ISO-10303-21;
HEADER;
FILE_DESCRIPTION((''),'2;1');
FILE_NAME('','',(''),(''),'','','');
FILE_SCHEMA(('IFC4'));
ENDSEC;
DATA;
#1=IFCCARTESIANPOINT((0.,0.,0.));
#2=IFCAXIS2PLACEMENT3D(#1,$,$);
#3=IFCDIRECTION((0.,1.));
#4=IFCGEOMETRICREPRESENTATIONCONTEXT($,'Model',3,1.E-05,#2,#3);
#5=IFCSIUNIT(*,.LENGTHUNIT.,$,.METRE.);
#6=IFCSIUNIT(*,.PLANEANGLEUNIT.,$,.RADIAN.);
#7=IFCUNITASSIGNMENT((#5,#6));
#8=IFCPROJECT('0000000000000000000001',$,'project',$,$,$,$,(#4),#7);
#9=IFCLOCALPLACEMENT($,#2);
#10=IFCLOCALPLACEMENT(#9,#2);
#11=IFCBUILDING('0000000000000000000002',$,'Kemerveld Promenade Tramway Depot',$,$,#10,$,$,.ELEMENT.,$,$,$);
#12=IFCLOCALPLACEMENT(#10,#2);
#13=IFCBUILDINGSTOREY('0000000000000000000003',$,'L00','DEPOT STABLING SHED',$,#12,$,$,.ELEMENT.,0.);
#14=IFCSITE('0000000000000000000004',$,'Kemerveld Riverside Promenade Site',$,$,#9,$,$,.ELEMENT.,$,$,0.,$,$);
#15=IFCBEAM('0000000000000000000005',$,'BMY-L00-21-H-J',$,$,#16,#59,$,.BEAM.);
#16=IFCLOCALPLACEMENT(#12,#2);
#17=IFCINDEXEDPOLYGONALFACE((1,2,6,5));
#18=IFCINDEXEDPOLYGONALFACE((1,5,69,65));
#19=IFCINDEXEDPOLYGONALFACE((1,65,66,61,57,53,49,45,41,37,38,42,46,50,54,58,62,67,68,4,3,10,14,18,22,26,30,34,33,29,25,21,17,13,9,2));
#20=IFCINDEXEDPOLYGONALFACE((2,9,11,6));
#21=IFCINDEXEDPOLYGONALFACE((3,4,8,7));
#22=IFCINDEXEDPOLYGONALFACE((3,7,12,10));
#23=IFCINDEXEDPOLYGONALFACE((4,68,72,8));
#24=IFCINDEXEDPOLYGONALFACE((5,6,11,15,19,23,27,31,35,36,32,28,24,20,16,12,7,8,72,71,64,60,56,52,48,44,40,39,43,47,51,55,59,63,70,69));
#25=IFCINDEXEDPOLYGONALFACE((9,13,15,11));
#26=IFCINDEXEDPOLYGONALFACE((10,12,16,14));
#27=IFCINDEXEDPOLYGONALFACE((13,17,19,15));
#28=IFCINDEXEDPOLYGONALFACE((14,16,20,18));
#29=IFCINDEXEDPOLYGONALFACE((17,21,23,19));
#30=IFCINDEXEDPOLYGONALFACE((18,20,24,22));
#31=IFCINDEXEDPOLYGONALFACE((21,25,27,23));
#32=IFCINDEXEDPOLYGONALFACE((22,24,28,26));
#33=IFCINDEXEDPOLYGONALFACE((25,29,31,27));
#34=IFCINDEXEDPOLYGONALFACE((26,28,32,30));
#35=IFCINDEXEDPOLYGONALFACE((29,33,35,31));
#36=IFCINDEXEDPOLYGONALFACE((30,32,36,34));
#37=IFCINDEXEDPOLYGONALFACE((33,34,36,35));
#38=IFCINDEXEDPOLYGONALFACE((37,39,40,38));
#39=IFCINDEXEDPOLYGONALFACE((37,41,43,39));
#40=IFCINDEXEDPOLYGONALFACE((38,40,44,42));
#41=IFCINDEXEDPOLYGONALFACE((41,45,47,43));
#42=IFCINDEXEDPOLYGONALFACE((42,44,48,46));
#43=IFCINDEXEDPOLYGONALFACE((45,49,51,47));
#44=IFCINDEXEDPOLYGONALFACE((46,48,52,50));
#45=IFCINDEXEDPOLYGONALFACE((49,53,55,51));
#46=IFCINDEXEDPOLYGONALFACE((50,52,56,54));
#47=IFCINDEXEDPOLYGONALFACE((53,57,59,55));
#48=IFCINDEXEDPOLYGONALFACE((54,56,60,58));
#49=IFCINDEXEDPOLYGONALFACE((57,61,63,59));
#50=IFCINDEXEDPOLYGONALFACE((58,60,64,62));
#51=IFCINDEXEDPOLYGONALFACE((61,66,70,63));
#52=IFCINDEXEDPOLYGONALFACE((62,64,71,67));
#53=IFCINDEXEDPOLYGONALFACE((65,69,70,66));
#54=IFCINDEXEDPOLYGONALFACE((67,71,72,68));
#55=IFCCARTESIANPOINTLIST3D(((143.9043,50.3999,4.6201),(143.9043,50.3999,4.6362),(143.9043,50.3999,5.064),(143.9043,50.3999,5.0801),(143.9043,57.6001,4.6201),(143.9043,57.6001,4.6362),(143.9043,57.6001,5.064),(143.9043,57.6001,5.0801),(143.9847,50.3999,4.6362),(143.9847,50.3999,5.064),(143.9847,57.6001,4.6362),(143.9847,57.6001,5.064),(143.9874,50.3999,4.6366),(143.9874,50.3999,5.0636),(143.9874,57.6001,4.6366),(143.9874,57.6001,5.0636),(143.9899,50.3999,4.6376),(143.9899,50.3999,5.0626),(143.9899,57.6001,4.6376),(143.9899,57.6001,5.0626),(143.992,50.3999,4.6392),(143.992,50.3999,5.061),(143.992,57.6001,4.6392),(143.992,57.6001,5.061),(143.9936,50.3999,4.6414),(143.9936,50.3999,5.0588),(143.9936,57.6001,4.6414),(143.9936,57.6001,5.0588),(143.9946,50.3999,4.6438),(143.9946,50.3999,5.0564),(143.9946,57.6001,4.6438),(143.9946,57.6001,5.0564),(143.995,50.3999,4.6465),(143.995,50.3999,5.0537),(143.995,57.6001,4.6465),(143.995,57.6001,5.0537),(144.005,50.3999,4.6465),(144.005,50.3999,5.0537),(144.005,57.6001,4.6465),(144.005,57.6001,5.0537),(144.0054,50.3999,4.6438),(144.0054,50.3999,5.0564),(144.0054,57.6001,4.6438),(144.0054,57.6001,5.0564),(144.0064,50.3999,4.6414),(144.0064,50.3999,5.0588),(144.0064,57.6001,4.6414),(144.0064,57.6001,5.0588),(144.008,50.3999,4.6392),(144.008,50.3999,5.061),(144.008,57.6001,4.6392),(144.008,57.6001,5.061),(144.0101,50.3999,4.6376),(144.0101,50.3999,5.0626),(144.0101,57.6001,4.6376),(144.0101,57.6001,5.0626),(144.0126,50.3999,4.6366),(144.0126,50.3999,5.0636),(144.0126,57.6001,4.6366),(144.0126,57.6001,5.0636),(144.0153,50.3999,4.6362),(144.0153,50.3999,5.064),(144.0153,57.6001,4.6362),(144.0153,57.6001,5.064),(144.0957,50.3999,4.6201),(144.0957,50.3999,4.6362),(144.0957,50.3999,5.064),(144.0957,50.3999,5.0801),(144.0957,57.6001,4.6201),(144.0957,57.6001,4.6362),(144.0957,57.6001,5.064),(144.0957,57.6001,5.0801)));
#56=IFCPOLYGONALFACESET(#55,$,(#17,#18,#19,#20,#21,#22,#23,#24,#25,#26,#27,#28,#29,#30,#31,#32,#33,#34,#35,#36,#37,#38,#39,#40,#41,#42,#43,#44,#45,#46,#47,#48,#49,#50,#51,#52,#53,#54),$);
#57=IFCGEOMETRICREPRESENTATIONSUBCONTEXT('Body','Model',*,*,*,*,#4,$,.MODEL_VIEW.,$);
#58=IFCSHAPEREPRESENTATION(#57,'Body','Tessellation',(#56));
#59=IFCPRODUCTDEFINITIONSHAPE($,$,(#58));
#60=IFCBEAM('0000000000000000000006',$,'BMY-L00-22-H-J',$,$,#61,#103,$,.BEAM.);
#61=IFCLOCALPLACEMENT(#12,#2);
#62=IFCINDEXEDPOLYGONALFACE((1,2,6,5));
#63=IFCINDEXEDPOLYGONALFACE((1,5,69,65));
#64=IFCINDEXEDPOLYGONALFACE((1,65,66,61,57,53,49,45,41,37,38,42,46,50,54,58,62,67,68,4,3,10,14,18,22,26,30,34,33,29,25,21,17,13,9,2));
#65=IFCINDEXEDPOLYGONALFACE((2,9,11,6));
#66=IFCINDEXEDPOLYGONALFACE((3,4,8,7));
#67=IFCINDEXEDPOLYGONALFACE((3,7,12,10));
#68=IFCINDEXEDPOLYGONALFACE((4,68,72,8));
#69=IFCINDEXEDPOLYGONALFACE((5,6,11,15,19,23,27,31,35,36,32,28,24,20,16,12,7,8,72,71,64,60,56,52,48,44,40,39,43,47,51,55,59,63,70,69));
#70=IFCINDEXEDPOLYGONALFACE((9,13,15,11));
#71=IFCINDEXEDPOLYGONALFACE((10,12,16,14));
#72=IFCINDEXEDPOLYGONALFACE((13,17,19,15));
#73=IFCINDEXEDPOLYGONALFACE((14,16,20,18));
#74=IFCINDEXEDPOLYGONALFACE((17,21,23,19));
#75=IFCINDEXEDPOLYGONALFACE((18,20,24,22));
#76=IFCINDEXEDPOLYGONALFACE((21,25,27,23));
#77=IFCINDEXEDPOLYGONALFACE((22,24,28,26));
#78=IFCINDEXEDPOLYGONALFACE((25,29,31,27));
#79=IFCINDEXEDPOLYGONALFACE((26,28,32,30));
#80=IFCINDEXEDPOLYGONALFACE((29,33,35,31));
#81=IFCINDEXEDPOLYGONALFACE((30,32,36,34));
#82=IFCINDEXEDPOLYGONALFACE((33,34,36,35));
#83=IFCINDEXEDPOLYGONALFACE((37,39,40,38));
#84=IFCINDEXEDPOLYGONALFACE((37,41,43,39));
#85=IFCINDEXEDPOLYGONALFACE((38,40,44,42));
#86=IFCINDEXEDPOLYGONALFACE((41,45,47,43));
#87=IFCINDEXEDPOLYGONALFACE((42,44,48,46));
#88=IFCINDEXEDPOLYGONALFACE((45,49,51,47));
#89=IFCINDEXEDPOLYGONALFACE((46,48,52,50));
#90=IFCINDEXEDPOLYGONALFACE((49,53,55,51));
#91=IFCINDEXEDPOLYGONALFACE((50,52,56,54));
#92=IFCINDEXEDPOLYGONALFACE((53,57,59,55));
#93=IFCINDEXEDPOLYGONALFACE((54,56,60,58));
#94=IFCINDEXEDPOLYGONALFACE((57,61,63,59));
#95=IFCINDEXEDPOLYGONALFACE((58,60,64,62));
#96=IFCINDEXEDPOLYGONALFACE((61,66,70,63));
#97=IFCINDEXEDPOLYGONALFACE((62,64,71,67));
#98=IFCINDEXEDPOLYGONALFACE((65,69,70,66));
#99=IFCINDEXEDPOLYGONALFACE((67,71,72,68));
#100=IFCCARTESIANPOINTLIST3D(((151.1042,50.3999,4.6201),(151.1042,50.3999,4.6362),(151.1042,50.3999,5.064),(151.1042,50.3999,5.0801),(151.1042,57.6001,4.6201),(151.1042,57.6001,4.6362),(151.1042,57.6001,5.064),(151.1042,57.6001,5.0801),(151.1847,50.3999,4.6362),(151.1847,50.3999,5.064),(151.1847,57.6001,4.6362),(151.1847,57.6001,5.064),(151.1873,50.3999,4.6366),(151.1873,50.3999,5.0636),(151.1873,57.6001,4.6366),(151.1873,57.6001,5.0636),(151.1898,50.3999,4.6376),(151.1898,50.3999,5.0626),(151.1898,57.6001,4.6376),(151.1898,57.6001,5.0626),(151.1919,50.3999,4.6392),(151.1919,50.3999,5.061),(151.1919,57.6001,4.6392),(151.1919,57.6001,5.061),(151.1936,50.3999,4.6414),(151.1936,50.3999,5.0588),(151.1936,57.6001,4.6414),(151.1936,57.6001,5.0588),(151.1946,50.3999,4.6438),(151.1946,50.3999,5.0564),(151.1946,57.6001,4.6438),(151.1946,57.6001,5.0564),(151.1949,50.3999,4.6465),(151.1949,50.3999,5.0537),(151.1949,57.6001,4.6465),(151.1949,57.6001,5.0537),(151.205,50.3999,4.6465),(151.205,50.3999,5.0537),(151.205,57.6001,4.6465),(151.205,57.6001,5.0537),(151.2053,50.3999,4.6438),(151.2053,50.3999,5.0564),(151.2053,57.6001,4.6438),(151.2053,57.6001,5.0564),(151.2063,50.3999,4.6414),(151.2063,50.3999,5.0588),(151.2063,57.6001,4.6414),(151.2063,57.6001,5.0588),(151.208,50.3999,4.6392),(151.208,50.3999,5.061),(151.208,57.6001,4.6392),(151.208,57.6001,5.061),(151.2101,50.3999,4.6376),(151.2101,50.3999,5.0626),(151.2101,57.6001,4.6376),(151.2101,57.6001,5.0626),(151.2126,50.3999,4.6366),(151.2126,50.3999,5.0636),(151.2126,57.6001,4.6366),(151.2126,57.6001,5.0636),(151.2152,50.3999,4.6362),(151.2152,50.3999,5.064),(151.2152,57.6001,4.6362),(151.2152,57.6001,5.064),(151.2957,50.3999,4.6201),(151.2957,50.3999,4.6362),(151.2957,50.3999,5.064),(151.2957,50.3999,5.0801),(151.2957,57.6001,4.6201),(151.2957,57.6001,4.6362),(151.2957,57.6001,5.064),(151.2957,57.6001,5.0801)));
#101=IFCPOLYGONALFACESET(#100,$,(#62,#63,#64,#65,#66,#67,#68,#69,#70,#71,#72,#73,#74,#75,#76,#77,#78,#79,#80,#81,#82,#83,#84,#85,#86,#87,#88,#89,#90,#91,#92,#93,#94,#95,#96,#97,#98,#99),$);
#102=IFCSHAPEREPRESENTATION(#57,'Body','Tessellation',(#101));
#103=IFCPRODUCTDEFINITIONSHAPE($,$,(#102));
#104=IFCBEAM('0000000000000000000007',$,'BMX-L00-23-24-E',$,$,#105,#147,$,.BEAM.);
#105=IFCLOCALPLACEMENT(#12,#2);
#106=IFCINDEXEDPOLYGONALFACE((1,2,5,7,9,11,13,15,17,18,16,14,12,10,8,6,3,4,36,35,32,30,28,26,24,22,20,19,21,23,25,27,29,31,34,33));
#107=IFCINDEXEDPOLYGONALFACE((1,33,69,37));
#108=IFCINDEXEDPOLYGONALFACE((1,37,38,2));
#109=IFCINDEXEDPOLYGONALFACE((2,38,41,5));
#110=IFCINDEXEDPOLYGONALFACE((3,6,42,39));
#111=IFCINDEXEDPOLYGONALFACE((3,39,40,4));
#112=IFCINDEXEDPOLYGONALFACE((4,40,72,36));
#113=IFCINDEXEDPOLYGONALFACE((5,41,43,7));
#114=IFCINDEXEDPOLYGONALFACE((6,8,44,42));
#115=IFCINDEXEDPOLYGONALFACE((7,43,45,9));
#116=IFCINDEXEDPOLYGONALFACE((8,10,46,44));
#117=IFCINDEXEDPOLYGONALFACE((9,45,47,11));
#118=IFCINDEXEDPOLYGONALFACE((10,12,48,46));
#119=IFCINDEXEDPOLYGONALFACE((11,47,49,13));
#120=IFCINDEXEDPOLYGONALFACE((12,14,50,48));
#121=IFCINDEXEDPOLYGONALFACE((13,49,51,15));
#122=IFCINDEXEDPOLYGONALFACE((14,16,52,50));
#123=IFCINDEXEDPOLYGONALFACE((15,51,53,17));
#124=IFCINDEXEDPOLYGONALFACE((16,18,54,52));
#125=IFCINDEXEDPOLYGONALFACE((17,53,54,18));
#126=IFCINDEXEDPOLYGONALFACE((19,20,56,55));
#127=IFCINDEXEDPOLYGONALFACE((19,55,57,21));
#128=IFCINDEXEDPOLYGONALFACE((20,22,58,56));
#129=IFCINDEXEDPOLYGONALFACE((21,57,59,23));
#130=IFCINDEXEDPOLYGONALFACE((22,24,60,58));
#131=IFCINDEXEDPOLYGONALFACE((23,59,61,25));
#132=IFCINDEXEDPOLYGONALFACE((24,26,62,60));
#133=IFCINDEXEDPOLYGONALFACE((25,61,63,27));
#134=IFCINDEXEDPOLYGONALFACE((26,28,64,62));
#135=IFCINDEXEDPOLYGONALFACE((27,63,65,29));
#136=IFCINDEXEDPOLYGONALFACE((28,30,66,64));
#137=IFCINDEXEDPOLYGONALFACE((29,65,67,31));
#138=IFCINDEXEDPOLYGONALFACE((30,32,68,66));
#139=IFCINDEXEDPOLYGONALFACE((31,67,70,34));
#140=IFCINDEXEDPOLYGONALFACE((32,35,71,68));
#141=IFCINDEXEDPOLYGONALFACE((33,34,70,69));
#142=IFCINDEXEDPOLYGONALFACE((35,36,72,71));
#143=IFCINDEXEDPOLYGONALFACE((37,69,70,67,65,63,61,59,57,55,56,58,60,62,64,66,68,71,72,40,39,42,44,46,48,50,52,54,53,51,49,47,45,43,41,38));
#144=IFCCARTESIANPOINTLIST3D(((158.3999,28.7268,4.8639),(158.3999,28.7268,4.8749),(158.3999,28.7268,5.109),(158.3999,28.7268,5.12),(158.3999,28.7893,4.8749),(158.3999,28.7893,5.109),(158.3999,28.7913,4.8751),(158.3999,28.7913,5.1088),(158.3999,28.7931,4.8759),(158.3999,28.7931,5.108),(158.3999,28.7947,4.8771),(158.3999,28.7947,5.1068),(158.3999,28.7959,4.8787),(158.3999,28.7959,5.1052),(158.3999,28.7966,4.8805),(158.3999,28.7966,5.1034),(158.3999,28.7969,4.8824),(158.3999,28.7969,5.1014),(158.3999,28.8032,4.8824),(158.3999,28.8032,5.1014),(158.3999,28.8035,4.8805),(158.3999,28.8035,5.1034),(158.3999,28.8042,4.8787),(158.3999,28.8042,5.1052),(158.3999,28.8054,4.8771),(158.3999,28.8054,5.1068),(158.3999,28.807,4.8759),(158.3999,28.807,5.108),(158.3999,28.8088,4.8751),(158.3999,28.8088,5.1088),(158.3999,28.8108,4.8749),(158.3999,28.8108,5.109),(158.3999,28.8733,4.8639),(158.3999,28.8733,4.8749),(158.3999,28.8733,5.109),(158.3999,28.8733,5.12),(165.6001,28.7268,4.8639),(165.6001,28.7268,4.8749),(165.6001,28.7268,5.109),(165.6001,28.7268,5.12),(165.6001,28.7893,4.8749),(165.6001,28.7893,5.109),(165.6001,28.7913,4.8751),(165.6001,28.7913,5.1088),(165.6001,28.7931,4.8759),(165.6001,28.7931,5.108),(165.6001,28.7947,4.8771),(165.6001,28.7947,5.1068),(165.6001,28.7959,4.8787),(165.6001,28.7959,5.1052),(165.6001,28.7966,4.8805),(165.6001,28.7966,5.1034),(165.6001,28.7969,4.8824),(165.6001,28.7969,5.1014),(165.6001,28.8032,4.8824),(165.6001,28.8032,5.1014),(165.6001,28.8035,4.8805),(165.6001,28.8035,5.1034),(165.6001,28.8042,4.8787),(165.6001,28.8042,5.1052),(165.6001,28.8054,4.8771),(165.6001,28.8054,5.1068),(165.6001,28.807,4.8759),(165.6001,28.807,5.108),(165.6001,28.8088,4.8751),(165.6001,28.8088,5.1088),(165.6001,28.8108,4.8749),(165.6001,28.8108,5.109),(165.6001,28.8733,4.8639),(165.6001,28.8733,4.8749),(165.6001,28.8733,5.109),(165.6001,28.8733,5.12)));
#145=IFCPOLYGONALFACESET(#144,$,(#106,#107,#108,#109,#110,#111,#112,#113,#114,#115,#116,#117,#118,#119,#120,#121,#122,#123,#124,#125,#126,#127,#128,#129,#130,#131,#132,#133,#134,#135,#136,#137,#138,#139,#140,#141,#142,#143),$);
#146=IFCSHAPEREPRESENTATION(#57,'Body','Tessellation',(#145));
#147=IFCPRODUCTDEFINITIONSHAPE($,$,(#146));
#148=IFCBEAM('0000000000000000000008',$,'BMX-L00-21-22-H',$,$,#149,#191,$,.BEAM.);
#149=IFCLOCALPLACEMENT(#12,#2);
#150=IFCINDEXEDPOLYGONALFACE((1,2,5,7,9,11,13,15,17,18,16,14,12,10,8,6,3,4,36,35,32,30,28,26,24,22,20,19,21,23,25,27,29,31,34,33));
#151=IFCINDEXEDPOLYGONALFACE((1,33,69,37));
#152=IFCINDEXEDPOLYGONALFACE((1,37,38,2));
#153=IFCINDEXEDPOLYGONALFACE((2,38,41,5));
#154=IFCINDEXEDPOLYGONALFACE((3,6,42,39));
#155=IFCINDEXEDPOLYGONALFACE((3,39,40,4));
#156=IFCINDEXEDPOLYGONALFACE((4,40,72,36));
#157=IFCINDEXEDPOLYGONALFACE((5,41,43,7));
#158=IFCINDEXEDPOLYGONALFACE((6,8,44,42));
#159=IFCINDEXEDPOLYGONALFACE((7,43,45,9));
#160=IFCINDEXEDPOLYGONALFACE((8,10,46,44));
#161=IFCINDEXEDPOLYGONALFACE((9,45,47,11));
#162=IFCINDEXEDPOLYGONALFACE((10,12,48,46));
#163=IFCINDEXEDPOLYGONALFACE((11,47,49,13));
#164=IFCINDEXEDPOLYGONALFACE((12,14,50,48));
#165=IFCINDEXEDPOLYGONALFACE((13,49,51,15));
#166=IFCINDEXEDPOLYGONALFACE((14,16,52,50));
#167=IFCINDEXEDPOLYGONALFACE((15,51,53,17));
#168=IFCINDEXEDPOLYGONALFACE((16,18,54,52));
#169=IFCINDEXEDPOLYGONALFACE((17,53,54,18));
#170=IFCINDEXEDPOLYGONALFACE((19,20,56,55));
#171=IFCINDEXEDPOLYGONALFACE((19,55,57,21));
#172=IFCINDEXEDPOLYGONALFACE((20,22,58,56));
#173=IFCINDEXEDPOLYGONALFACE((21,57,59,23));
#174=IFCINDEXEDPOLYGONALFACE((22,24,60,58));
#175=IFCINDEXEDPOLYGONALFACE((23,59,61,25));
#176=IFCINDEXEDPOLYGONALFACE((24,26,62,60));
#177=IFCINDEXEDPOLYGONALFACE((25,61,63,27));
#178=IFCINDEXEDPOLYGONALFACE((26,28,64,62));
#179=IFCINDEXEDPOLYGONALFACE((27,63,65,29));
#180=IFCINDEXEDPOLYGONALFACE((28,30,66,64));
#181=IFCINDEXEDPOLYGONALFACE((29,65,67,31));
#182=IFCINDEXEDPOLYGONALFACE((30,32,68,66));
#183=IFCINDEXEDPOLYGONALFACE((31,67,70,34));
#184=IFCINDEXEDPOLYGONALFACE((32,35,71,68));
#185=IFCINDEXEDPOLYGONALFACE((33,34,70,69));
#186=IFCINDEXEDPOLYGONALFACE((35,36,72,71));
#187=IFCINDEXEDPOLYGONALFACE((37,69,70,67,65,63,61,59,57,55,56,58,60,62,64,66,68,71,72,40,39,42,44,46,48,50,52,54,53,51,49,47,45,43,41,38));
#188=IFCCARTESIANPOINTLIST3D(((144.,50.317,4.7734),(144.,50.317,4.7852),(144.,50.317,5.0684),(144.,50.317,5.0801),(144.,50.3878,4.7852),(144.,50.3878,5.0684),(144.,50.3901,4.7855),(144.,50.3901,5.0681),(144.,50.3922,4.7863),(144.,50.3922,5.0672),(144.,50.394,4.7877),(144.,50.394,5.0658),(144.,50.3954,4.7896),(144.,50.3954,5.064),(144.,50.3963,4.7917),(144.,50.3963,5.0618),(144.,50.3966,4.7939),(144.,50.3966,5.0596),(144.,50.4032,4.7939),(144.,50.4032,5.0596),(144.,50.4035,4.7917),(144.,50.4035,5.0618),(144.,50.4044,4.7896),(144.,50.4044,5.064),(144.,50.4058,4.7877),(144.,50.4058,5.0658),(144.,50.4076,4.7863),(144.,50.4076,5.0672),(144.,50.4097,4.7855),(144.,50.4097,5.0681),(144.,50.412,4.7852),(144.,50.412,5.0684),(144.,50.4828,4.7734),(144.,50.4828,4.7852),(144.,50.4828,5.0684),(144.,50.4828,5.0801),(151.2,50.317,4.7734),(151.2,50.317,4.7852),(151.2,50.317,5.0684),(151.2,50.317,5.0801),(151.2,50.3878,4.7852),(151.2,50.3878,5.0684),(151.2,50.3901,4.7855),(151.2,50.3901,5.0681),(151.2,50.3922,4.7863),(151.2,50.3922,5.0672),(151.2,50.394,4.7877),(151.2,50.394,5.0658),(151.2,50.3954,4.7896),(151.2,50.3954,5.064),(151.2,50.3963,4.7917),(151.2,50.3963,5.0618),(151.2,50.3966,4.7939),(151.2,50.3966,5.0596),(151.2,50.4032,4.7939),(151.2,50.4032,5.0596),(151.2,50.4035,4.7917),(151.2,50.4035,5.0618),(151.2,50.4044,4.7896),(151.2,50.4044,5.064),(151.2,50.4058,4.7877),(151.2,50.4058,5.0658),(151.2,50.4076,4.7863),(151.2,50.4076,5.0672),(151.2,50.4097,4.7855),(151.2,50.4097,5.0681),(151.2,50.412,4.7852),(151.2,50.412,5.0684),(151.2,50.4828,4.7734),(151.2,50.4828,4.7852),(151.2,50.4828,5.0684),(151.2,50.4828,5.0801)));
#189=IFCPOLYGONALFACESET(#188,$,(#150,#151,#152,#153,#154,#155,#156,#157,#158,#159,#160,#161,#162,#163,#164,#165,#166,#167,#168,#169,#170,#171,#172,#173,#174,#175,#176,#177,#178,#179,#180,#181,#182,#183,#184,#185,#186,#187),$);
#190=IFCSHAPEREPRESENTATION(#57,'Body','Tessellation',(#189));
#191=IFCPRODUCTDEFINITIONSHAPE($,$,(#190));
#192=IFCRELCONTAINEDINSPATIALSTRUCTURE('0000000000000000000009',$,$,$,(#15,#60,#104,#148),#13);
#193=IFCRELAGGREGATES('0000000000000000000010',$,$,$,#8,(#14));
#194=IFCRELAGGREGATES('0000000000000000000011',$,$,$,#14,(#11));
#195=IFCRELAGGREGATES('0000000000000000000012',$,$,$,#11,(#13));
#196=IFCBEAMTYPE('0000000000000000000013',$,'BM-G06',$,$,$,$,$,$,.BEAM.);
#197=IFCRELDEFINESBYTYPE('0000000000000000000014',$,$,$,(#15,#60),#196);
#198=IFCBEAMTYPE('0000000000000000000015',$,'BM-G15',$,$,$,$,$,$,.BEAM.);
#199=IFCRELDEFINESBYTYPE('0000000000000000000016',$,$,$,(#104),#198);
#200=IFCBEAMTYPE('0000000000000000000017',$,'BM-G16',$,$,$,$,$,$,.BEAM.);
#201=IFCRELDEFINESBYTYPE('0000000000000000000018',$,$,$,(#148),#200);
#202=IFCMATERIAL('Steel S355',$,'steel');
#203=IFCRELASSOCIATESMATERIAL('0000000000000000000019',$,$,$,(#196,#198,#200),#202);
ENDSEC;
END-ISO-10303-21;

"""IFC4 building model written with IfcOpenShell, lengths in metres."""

from ifc_helpers import new_model, si_unit, direction, frame, origin, origin_2d, place, context, subcontext, project, spatial, i_section, extrude, material, material_profile, profile_set, type_object, element, save


model = new_model("IFC4")

# Units and contexts
model_context = context("Model", 3, precision=1e-05, world=origin(), true_north=direction((0.0, 1.0)))
body_context = subcontext(model_context, "Body", "Model", "MODEL_VIEW")
ifc_project = project(units=[si_unit("LENGTHUNIT", "METRE"), si_unit("PLANEANGLEUNIT", "RADIAN")], contexts=[model_context])

# Site, building, storey
site_placement = place(None, origin())
site = spatial("IfcSite", under=ifc_project, at=site_placement, Name="Kemerveld Riverside Promenade Site", CompositionType="ELEMENT", RefElevation=0.0)
building_placement = place(site_placement, origin())
building = spatial("IfcBuilding", under=site, at=building_placement, Name="Kemerveld Promenade Tramway Depot", CompositionType="ELEMENT")
storey_placement = place(building_placement, origin())
storey = spatial("IfcBuildingStorey", under=building, at=storey_placement, Name="L00", Description="DEPOT STABLING SHED", CompositionType="ELEMENT", Elevation=0.0)

# Shared definitions
ifc_material_1 = material(Name="Steel S355", Category="steel")

# Beams
ifc_material_profile_1 = material_profile(ifc_material_1, i_section(OverallWidth=0.1914, OverallDepth=0.46, WebThickness=0.01, FlangeThickness=0.0161, FilletRadius=0.0103, at=origin_2d()), Name="457x191x82 UB")
ifc_profile_set_1 = profile_set([ifc_material_profile_1], Name="Steel S355")
beam_type_1 = type_object("IfcBeamType", Name="BM-G06", PredefinedType="BEAM", material=ifc_profile_set_1)
for number, where, z_axis, x_axis, name in (
    (1, (144.0, 50.3999, 4.8501), (0.0, 1.0, 0.0), (-1.0, 0.0, 0.0), "BMY-L00-21-H-J"),
    (2, (151.2, 50.3999, 4.8501), (0.0, 1.0, 0.0), (-1.0, 0.0, 0.0), "BMY-L00-22-H-J"),
):
    element("IfcBeam", number, at=place(storey_placement, frame(where, z_axis=z_axis, x_axis=x_axis)), inside=storey, type_object=beam_type_1, Name=name, PredefinedType="BEAM", context=body_context, shape_type="SweptSolid", body=[
        extrude(i_section(OverallWidth=0.1914, OverallDepth=0.46, WebThickness=0.01, FlangeThickness=0.0161, FilletRadius=0.0103, at=origin_2d()), origin(), (0.0, 0.0, 1.0), 7.2002),
    ])
ifc_material_profile_2 = material_profile(ifc_material_1, i_section(OverallWidth=0.1465, OverallDepth=0.2561, WebThickness=0.0063, FlangeThickness=0.011, FilletRadius=0.0076, at=origin_2d()), Name="254x146x37 UB")
ifc_profile_set_2 = profile_set([ifc_material_profile_2], Name="Steel S355")
beam_type_2 = type_object("IfcBeamType", Name="BM-G15", PredefinedType="BEAM", material=ifc_profile_set_2)
beam_1_placement = place(storey_placement, frame((158.3999, 28.8, 4.9919), z_axis=(1.0, 0.0, 0.0), x_axis=(0.0, 1.0, 0.0)))
element("IfcBeam", 3, at=beam_1_placement, inside=storey, type_object=beam_type_2, Name="BMX-L00-23-24-E", PredefinedType="BEAM", context=body_context, shape_type="SweptSolid", body=[
    extrude(i_section(OverallWidth=0.1465, OverallDepth=0.2561, WebThickness=0.0063, FlangeThickness=0.011, FilletRadius=0.0076, at=origin_2d()), origin(), (0.0, 0.0, 1.0), 7.2002),
])
ifc_material_profile_3 = material_profile(ifc_material_1, i_section(OverallWidth=0.1658, OverallDepth=0.3066, WebThickness=0.0066, FlangeThickness=0.0117, FilletRadius=0.0088, at=origin_2d()), Name="305x165x46 UB")
ifc_profile_set_3 = profile_set([ifc_material_profile_3], Name="Steel S355")
beam_type_3 = type_object("IfcBeamType", Name="BM-G16", PredefinedType="BEAM", material=ifc_profile_set_3)
beam_2_placement = place(storey_placement, frame((144.0, 50.3999, 4.9268), z_axis=(1.0, 0.0, 0.0), x_axis=(0.0, 1.0, 0.0)))
element("IfcBeam", 4, at=beam_2_placement, inside=storey, type_object=beam_type_3, Name="BMX-L00-21-22-H", PredefinedType="BEAM", context=body_context, shape_type="SweptSolid", body=[
    extrude(i_section(OverallWidth=0.1658, OverallDepth=0.3066, WebThickness=0.0066, FlangeThickness=0.0117, FilletRadius=0.0088, at=origin_2d()), origin(), (0.0, 0.0, 1.0), 7.2),
])

save(model, "model.ifc")
